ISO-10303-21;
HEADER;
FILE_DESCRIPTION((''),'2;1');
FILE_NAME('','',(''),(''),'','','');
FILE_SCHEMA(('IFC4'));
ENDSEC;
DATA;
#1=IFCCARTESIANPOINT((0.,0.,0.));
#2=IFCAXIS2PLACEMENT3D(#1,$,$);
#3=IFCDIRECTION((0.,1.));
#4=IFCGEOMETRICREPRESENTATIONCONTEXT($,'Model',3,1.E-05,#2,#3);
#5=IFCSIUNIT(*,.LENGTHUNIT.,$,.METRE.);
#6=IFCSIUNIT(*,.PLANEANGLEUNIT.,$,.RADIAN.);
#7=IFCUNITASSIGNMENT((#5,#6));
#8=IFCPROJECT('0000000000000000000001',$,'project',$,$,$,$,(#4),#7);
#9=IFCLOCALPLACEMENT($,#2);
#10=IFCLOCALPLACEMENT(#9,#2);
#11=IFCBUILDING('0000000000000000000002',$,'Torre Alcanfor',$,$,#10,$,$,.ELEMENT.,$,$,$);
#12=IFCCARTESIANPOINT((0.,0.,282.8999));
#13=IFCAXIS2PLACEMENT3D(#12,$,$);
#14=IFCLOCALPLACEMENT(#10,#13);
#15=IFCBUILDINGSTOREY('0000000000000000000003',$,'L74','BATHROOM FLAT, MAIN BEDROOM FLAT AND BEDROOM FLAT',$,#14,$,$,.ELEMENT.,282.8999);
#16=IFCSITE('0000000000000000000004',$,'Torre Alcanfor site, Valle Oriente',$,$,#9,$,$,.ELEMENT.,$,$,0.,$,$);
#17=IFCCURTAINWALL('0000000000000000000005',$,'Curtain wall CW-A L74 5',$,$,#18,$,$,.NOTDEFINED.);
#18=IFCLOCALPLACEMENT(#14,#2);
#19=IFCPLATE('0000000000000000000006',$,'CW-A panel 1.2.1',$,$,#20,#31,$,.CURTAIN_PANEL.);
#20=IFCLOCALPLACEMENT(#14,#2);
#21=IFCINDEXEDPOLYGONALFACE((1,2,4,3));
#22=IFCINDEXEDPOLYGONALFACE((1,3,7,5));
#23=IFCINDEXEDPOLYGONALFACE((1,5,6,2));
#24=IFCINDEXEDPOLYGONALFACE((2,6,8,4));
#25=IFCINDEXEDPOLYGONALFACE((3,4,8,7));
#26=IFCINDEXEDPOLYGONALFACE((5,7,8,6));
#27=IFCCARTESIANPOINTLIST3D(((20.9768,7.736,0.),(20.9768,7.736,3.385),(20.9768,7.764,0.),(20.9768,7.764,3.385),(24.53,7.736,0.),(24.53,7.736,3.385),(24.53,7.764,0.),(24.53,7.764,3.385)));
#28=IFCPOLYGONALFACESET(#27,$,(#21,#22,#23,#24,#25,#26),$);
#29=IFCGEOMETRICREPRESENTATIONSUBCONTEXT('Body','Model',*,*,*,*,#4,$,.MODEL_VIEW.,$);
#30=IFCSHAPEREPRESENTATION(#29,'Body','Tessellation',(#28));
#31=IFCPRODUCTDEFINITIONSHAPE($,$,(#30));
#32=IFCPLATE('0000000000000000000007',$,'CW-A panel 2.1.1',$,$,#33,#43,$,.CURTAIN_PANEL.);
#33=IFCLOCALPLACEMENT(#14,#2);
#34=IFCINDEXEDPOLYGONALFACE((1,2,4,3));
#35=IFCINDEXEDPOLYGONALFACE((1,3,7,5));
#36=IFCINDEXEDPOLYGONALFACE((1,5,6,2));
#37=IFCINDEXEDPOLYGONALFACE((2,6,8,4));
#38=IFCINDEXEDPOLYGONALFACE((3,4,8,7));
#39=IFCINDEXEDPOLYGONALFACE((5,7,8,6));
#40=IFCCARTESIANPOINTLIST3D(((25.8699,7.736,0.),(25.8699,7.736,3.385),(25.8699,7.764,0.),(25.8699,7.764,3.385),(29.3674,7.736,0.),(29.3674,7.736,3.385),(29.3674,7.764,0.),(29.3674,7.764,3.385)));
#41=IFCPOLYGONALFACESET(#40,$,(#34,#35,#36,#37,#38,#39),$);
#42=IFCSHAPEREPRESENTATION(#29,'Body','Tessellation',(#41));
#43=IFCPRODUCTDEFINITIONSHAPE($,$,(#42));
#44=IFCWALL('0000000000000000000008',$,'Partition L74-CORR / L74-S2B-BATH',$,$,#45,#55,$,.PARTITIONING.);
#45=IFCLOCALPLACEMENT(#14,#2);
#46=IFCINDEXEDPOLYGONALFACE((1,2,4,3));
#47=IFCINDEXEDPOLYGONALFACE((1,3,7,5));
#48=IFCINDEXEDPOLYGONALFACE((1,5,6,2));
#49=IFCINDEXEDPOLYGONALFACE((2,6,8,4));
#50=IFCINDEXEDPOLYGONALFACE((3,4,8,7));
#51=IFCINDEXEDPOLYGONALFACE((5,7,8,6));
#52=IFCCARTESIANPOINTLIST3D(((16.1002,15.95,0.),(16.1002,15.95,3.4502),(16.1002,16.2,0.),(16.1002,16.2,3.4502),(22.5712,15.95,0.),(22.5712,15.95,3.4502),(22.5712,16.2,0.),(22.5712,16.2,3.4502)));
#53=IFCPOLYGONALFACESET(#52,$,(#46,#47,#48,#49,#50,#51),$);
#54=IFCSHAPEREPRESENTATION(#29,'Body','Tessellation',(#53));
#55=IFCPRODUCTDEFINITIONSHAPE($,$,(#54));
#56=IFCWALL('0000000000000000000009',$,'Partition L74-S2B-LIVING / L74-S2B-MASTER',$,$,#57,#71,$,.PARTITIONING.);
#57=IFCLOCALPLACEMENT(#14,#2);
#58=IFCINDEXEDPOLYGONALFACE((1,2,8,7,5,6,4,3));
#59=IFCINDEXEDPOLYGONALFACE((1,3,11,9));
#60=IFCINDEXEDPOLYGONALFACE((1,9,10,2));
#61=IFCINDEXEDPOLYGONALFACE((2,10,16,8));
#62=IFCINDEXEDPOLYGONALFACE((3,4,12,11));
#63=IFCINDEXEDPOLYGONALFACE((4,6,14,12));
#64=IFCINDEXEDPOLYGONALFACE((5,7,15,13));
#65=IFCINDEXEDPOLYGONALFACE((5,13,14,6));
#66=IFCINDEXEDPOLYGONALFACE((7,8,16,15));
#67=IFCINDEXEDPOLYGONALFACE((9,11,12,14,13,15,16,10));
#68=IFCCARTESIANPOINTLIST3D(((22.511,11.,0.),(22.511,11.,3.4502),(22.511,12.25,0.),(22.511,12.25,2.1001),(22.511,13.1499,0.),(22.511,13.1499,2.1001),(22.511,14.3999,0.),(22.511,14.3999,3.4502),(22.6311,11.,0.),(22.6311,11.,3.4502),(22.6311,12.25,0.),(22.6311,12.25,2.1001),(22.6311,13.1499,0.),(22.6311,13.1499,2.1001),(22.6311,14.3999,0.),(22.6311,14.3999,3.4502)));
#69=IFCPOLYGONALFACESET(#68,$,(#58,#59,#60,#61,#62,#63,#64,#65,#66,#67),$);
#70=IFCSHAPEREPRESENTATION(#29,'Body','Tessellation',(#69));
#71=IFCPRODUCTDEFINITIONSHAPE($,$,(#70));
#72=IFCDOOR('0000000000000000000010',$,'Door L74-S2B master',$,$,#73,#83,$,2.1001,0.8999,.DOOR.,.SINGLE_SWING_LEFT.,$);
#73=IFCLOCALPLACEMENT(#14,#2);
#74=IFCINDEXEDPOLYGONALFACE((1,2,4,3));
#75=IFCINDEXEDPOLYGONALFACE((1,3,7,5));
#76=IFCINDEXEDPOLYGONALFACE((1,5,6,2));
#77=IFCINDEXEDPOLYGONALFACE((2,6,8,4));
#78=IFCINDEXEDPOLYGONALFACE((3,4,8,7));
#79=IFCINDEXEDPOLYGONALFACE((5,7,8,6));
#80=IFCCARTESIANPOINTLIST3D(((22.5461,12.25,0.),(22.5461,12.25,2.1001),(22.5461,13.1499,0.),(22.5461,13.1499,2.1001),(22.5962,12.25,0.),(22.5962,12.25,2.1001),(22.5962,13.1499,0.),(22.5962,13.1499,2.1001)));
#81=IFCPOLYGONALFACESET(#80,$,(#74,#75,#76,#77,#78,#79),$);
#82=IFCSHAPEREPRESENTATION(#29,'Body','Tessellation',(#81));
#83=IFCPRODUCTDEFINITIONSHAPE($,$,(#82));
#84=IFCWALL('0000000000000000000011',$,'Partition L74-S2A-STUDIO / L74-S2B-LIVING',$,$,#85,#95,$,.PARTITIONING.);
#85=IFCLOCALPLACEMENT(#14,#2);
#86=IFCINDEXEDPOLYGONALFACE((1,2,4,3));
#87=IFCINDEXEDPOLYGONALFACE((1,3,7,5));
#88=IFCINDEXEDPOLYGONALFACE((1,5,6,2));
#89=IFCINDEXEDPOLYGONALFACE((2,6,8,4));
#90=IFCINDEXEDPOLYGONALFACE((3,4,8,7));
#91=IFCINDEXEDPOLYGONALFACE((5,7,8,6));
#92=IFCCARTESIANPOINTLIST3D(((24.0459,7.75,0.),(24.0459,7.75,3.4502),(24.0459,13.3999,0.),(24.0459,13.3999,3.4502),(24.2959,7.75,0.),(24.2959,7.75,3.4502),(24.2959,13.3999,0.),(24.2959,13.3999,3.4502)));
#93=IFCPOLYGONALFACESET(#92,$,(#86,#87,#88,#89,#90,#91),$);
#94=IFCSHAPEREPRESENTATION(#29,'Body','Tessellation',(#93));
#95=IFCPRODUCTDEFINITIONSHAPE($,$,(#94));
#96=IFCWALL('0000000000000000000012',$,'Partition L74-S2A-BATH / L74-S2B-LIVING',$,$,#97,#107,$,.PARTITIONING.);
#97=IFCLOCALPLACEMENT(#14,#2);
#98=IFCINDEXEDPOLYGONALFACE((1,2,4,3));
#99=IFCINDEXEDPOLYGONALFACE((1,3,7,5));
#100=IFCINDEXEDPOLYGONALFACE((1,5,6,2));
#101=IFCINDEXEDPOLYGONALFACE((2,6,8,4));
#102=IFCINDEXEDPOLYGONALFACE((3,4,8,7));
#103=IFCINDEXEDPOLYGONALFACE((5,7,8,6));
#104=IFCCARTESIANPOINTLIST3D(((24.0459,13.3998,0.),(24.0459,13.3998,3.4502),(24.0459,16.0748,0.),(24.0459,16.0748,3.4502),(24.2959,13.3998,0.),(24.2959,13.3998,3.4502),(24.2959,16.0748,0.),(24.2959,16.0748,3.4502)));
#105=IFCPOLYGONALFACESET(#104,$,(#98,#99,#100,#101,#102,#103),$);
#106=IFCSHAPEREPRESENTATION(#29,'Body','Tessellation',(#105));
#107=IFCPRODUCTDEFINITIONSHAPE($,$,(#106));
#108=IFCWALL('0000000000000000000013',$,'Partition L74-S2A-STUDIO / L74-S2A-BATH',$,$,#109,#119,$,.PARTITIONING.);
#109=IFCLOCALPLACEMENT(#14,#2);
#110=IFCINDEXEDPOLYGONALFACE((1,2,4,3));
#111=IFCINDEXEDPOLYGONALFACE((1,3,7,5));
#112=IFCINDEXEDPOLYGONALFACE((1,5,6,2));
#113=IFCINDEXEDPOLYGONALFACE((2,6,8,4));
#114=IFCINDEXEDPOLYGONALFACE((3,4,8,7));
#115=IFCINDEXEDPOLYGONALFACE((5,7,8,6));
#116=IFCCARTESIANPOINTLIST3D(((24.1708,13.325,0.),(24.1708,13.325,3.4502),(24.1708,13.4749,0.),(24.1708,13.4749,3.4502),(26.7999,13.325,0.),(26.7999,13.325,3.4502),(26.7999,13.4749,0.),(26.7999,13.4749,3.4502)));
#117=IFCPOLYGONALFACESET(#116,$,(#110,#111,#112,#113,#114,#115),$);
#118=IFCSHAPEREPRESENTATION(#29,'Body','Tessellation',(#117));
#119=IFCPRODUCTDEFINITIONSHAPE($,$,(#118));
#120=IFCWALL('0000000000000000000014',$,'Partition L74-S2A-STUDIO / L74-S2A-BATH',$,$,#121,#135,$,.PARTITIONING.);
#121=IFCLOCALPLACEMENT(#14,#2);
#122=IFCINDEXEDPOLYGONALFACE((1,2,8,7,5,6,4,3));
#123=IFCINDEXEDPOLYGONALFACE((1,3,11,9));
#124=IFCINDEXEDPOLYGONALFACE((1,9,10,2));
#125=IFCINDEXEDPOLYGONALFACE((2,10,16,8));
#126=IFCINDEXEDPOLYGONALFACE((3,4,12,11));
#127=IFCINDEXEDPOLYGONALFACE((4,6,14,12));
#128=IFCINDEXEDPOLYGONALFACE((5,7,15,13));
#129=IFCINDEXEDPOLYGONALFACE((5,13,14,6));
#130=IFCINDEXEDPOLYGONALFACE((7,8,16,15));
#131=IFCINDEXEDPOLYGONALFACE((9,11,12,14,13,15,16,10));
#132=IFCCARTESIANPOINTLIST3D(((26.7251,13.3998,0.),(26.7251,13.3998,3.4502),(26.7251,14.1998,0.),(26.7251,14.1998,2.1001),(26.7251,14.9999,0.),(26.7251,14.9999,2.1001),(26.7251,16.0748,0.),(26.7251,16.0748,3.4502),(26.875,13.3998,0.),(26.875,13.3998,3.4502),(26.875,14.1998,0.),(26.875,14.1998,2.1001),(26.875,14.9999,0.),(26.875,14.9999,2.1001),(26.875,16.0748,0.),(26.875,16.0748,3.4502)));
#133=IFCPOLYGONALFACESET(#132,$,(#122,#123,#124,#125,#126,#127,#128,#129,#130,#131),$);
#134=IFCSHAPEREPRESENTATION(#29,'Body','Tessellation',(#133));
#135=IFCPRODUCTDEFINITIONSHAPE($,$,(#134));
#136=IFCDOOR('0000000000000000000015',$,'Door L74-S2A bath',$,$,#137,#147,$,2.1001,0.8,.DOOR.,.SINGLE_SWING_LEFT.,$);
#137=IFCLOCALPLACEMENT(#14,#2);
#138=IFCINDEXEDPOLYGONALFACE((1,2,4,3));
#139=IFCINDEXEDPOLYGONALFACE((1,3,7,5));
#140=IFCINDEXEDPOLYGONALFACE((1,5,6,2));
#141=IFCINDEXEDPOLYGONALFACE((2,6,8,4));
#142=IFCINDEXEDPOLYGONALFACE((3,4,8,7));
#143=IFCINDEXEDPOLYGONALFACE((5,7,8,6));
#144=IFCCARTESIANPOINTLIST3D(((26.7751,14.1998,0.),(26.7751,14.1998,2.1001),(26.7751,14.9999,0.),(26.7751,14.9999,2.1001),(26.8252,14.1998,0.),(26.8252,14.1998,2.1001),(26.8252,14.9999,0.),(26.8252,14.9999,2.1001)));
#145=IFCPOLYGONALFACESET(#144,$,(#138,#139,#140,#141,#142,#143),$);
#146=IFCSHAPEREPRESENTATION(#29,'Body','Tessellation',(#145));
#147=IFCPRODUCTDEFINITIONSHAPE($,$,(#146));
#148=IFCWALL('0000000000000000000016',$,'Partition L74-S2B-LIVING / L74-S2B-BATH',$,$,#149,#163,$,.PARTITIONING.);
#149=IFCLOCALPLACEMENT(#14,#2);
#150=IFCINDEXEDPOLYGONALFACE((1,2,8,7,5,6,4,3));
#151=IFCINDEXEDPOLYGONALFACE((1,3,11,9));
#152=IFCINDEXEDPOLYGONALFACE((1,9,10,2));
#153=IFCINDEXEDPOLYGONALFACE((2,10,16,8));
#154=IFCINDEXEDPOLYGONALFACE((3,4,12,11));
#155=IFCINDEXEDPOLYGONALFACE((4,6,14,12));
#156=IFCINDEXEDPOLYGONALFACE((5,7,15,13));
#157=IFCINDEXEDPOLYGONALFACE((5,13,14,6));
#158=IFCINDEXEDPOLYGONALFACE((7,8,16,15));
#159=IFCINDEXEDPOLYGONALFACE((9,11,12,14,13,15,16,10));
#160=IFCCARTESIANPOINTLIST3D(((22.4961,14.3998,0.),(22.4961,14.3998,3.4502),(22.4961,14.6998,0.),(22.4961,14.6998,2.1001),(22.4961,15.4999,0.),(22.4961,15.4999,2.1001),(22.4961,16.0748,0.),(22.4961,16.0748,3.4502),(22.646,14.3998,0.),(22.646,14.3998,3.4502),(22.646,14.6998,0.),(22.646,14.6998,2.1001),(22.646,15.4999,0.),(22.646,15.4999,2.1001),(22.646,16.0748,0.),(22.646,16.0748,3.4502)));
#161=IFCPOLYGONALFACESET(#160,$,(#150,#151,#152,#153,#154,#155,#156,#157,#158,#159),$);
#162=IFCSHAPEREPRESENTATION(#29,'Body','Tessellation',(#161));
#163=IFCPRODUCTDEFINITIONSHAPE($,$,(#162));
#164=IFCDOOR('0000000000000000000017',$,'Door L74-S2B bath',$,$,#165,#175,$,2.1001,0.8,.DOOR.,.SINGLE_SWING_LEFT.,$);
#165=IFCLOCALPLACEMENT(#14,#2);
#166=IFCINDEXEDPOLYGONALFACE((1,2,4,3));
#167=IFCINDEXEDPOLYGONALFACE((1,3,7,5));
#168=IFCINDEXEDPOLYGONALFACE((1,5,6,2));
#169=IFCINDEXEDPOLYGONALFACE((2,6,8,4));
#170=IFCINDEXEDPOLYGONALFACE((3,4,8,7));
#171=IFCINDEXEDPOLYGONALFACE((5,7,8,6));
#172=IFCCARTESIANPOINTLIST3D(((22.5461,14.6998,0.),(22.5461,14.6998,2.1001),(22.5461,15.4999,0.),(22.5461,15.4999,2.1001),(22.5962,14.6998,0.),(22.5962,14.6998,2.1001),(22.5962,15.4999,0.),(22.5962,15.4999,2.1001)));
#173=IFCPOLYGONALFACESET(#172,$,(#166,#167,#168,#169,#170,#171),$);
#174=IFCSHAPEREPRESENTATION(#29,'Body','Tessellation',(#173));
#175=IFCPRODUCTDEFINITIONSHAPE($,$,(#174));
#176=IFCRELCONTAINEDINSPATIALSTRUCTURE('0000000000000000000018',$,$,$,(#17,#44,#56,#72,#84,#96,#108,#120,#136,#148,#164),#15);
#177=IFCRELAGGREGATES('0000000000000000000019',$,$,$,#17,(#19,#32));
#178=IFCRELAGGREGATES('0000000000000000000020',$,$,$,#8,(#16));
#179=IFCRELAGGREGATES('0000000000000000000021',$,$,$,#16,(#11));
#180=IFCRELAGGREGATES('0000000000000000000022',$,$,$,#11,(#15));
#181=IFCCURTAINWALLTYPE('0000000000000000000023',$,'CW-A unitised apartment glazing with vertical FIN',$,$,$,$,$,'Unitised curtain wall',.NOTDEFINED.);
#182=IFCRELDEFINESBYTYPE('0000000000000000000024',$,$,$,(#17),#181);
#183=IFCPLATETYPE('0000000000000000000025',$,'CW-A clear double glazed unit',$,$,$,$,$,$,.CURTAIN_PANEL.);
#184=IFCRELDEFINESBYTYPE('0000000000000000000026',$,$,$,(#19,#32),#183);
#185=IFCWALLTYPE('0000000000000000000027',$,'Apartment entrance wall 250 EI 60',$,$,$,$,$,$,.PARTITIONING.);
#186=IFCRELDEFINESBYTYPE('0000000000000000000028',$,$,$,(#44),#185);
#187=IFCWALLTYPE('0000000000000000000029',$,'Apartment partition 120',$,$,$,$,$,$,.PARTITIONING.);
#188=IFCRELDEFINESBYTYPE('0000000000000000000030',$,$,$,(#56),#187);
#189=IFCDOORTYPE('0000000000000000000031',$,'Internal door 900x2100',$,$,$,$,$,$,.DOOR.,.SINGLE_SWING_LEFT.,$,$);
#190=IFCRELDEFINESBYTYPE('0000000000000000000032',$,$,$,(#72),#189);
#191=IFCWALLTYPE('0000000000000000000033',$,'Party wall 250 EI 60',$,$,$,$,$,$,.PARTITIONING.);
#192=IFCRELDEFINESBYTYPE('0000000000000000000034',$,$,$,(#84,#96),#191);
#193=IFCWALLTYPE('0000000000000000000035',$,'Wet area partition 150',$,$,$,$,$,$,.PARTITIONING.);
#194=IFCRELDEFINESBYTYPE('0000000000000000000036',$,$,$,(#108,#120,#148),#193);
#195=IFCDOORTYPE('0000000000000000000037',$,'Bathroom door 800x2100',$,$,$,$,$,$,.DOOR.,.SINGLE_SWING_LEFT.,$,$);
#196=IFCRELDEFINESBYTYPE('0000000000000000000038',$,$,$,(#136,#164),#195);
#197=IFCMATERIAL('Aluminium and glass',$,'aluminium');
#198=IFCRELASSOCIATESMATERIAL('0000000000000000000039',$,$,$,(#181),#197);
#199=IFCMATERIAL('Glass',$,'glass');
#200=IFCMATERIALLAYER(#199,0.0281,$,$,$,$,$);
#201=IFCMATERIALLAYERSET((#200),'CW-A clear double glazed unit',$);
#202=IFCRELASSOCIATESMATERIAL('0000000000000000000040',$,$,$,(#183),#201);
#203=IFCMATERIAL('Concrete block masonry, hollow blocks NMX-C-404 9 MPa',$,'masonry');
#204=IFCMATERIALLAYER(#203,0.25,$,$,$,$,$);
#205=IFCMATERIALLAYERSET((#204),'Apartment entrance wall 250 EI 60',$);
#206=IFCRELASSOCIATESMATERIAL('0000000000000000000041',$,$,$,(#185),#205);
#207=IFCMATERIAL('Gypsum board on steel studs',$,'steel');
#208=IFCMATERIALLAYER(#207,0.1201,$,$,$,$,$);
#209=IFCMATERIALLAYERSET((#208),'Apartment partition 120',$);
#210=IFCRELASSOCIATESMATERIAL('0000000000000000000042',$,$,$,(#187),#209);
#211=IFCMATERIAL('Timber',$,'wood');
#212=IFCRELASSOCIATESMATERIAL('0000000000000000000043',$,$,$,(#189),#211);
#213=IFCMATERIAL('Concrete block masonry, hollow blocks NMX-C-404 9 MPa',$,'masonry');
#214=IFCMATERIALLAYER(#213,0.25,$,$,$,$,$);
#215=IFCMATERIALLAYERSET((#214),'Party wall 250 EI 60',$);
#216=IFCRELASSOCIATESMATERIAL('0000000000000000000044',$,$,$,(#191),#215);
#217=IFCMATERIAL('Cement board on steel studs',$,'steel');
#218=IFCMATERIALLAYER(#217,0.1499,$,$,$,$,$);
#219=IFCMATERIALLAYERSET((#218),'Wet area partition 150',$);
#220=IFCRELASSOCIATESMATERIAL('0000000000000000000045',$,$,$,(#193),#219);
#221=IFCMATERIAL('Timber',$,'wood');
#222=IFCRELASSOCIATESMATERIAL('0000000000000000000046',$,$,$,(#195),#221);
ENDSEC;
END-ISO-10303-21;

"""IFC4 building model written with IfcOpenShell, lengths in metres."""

from ifc_helpers import new_model, si_unit, direction, frame, frame_2d, origin, origin_2d, place, context, subcontext, project, spatial, rectangle, extrude, material, layer, layer_set, type_object, element, fill, aggregate, save


model = new_model("IFC4")

# Units and contexts
model_context = context("Model", 3, precision=1e-05, world=origin(), true_north=direction((0.0, 1.0)))
body_context = subcontext(model_context, "Body", "Model", "MODEL_VIEW")
ifc_project = project(units=[si_unit("LENGTHUNIT", "METRE"), si_unit("PLANEANGLEUNIT", "RADIAN")], contexts=[model_context])

# Site, building, storey
site_placement = place(None, origin())
site = spatial("IfcSite", under=ifc_project, at=site_placement, Name="Torre Alcanfor site, Valle Oriente", CompositionType="ELEMENT", RefElevation=0.0)
building_placement = place(site_placement, origin())
building = spatial("IfcBuilding", under=site, at=building_placement, Name="Torre Alcanfor", CompositionType="ELEMENT")
storey_placement = place(building_placement, frame((0.0, 0.0, 282.8999)))
storey = spatial("IfcBuildingStorey", under=building, at=storey_placement, Name="L74", Description="BATHROOM FLAT, MAIN BEDROOM FLAT AND BEDROOM FLAT", CompositionType="ELEMENT", Elevation=282.8999)

# Curtain wall
ifc_material_1 = material(Name="Aluminium and glass", Category="aluminium")
curtain_wall_type = type_object("IfcCurtainWallType", Name="CW-A unitised apartment glazing with vertical FIN", ElementType="Unitised curtain wall", PredefinedType="NOTDEFINED", material=ifc_material_1)
curtain_wall_placement = place(storey_placement, origin())
curtain_wall = element("IfcCurtainWall", 1, at=curtain_wall_placement, inside=storey, type_object=curtain_wall_type, Name="Curtain wall CW-A L74 5", PredefinedType="NOTDEFINED")

# Plates
ifc_material_2 = material(Name="Glass", Category="glass")
ifc_layer_1 = layer(ifc_material_2, 0.0281)
ifc_layer_set_1 = layer_set([ifc_layer_1], Name="CW-A clear double glazed unit")
plate_type = type_object("IfcPlateType", Name="CW-A clear double glazed unit", PredefinedType="CURTAIN_PANEL", material=ifc_layer_set_1)
plate_1_placement = place(storey_placement, frame((22.7534, 7.75, 0.0), z_axis=(0.0, 0.0, 1.0), x_axis=(1.0, 0.0, 0.0)))
plate_1 = element("IfcPlate", 2, at=plate_1_placement, type_object=plate_type, Name="CW-A panel 1.2.1", PredefinedType="CURTAIN_PANEL", context=body_context, shape_type="SweptSolid", body=[
    extrude(rectangle(XDim=3.5532, YDim=0.0281, at=origin_2d()), origin(), (0.0, 0.0, 1.0), 3.385),
])
plate_2_placement = place(storey_placement, frame((27.6187, 7.75, 0.0), z_axis=(0.0, 0.0, 1.0), x_axis=(1.0, 0.0, 0.0)))
plate_2 = element("IfcPlate", 3, at=plate_2_placement, type_object=plate_type, Name="CW-A panel 2.1.1", PredefinedType="CURTAIN_PANEL", context=body_context, shape_type="SweptSolid", body=[
    extrude(rectangle(XDim=3.4976, YDim=0.0281, at=origin_2d()), origin(), (0.0, 0.0, 1.0), 3.385),
])
aggregate(curtain_wall, [plate_1, plate_2])

# Wall
ifc_material_3 = material(Name="Concrete block masonry, hollow blocks NMX-C-404 9 MPa", Category="masonry")
ifc_layer_2 = layer(ifc_material_3, 0.25)
ifc_layer_set_2 = layer_set([ifc_layer_2], Name="Apartment entrance wall 250 EI 60")
wall_type_1 = type_object("IfcWallType", Name="Apartment entrance wall 250 EI 60", PredefinedType="PARTITIONING", material=ifc_layer_set_2)
wall_1_placement = place(storey_placement, frame((22.571, 16.075, 0.0), z_axis=(0.0, 0.0, 1.0), x_axis=(-1.0, 0.0, 0.0)))
element("IfcWall", 4, at=wall_1_placement, inside=storey, type_object=wall_type_1, Name="Partition L74-CORR / L74-S2B-BATH", PredefinedType="PARTITIONING", context=body_context, shape_type="SweptSolid", body=[
    extrude(rectangle(XDim=6.4709, YDim=0.25, at=frame_2d((3.2354, 0.0))), origin(), (0.0, 0.0, 1.0), 3.4502),
])

# Wall, opening, door
ifc_material_4 = material(Name="Gypsum board on steel studs", Category="steel")
ifc_layer_3 = layer(ifc_material_4, 0.1201)
ifc_layer_set_3 = layer_set([ifc_layer_3], Name="Apartment partition 120")
wall_type_2 = type_object("IfcWallType", Name="Apartment partition 120", PredefinedType="PARTITIONING", material=ifc_layer_set_3)
wall_2_placement = place(storey_placement, frame((22.571, 11.0, 0.0), z_axis=(0.0, 0.0, 1.0), x_axis=(0.0, 1.0, 0.0)))
wall_2 = element("IfcWall", 5, at=wall_2_placement, inside=storey, type_object=wall_type_2, Name="Partition L74-S2B-LIVING / L74-S2B-MASTER", PredefinedType="PARTITIONING", context=body_context, shape_type="SweptSolid", body=[
    extrude(rectangle(XDim=3.3999, YDim=0.1201, at=frame_2d((1.7, 0.0))), origin(), (0.0, 0.0, 1.0), 3.4502),
])
opening_1_placement = place(wall_2_placement, frame((1.25, 0.0, 0.0)))
opening_1 = element("IfcOpeningElement", 6, at=opening_1_placement, cuts=wall_2, PredefinedType="OPENING", context=body_context, shape_type="SweptSolid", body=[
    extrude(rectangle(XDim=0.8999, YDim=2.1001, at=frame_2d((0.45, 1.05))), frame((0.0, 0.0701, 0.0), z_axis=(0.0, -1.0, 0.0), x_axis=(1.0, 0.0, 0.0)), (0.0, 0.0, 1.0), 0.1401),
])
ifc_material_5 = material(Name="Timber", Category="wood")
door_type_1 = type_object("IfcDoorType", Name="Internal door 900x2100", OperationType="SINGLE_SWING_LEFT", PredefinedType="DOOR", material=ifc_material_5)
door_1_placement = place(opening_1_placement, origin())
door_1 = element("IfcDoor", 7, at=door_1_placement, inside=storey, type_object=door_type_1, Name="Door L74-S2B master", OperationType="SINGLE_SWING_LEFT", OverallHeight=2.1001, OverallWidth=0.8999, PredefinedType="DOOR", context=body_context, shape_type="SweptSolid", body=[
    extrude(rectangle(XDim=0.8999, YDim=2.1001, at=frame_2d((0.45, 1.05))), frame((0.0, 0.0249, 0.0), z_axis=(0.0, -1.0, 0.0), x_axis=(1.0, 0.0, 0.0)), (0.0, 0.0, 1.0), 0.05),
])
fill(opening_1, door_1)

# Walls
ifc_material_6 = material(Name="Concrete block masonry, hollow blocks NMX-C-404 9 MPa", Category="masonry")
ifc_layer_4 = layer(ifc_material_6, 0.25)
ifc_layer_set_4 = layer_set([ifc_layer_4], Name="Party wall 250 EI 60")
wall_type_3 = type_object("IfcWallType", Name="Party wall 250 EI 60", PredefinedType="PARTITIONING", material=ifc_layer_set_4)
wall_3_placement = place(storey_placement, frame((24.1709, 7.75, 0.0), z_axis=(0.0, 0.0, 1.0), x_axis=(0.0, 1.0, 0.0)))
element("IfcWall", 8, at=wall_3_placement, inside=storey, type_object=wall_type_3, Name="Partition L74-S2A-STUDIO / L74-S2B-LIVING", PredefinedType="PARTITIONING", context=body_context, shape_type="SweptSolid", body=[
    extrude(rectangle(XDim=5.6499, YDim=0.25, at=frame_2d((2.825, 0.0))), origin(), (0.0, 0.0, 1.0), 3.4502),
])
wall_4_placement = place(storey_placement, frame((24.1709, 13.3999, 0.0), z_axis=(0.0, 0.0, 1.0), x_axis=(0.0, 1.0, 0.0)))
element("IfcWall", 9, at=wall_4_placement, inside=storey, type_object=wall_type_3, Name="Partition L74-S2A-BATH / L74-S2B-LIVING", PredefinedType="PARTITIONING", context=body_context, shape_type="SweptSolid", body=[
    extrude(rectangle(XDim=2.675, YDim=0.25, at=frame_2d((1.3374, 0.0))), origin(), (0.0, 0.0, 1.0), 3.4502),
])
ifc_material_7 = material(Name="Cement board on steel studs", Category="steel")
ifc_layer_5 = layer(ifc_material_7, 0.1499)
ifc_layer_set_5 = layer_set([ifc_layer_5], Name="Wet area partition 150")
wall_type_4 = type_object("IfcWallType", Name="Wet area partition 150", PredefinedType="PARTITIONING", material=ifc_layer_set_5)
wall_5_placement = place(storey_placement, frame((24.1709, 13.3999, 0.0), z_axis=(0.0, 0.0, 1.0), x_axis=(1.0, 0.0, 0.0)))
element("IfcWall", 10, at=wall_5_placement, inside=storey, type_object=wall_type_4, Name="Partition L74-S2A-STUDIO / L74-S2A-BATH", PredefinedType="PARTITIONING", context=body_context, shape_type="SweptSolid", body=[
    extrude(rectangle(XDim=2.6292, YDim=0.1499, at=frame_2d((1.3145, 0.0))), origin(), (0.0, 0.0, 1.0), 3.4502),
])

# Walls, openings, doors
wall_6_placement = place(storey_placement, frame((26.8, 13.3999, 0.0), z_axis=(0.0, 0.0, 1.0), x_axis=(0.0, 1.0, 0.0)))
wall_6 = element("IfcWall", 11, at=wall_6_placement, inside=storey, type_object=wall_type_4, Name="Partition L74-S2A-STUDIO / L74-S2A-BATH", PredefinedType="PARTITIONING", context=body_context, shape_type="SweptSolid", body=[
    extrude(rectangle(XDim=2.675, YDim=0.1499, at=frame_2d((1.3374, 0.0))), origin(), (0.0, 0.0, 1.0), 3.4502),
])
opening_2_placement = place(wall_6_placement, frame((0.8, 0.0, 0.0)))
opening_2 = element("IfcOpeningElement", 12, at=opening_2_placement, cuts=wall_6, PredefinedType="OPENING", context=body_context, shape_type="SweptSolid", body=[
    extrude(rectangle(XDim=0.8, YDim=2.1001, at=frame_2d((0.3999, 1.05))), frame((0.0, 0.085, 0.0), z_axis=(0.0, -1.0, 0.0), x_axis=(1.0, 0.0, 0.0)), (0.0, 0.0, 1.0), 0.1699),
])
ifc_material_8 = material(Name="Timber", Category="wood")
door_type_2 = type_object("IfcDoorType", Name="Bathroom door 800x2100", OperationType="SINGLE_SWING_LEFT", PredefinedType="DOOR", material=ifc_material_8)
door_2_placement = place(opening_2_placement, origin())
door_2 = element("IfcDoor", 13, at=door_2_placement, inside=storey, type_object=door_type_2, Name="Door L74-S2A bath", OperationType="SINGLE_SWING_LEFT", OverallHeight=2.1001, OverallWidth=0.8, PredefinedType="DOOR", context=body_context, shape_type="SweptSolid", body=[
    extrude(rectangle(XDim=0.8, YDim=2.1001, at=frame_2d((0.3999, 1.05))), frame((0.0, 0.0249, 0.0), z_axis=(0.0, -1.0, 0.0), x_axis=(1.0, 0.0, 0.0)), (0.0, 0.0, 1.0), 0.05),
])
fill(opening_2, door_2)
wall_7_placement = place(storey_placement, frame((22.571, 14.3999, 0.0), z_axis=(0.0, 0.0, 1.0), x_axis=(0.0, 1.0, 0.0)))
wall_7 = element("IfcWall", 14, at=wall_7_placement, inside=storey, type_object=wall_type_4, Name="Partition L74-S2B-LIVING / L74-S2B-BATH", PredefinedType="PARTITIONING", context=body_context, shape_type="SweptSolid", body=[
    extrude(rectangle(XDim=1.675, YDim=0.1499, at=frame_2d((0.8374, 0.0))), origin(), (0.0, 0.0, 1.0), 3.4502),
])
opening_3_placement = place(wall_7_placement, frame((0.3, 0.0, 0.0)))
opening_3 = element("IfcOpeningElement", 15, at=opening_3_placement, cuts=wall_7, PredefinedType="OPENING", context=body_context, shape_type="SweptSolid", body=[
    extrude(rectangle(XDim=0.8, YDim=2.1001, at=frame_2d((0.3999, 1.05))), frame((0.0, 0.085, 0.0), z_axis=(0.0, -1.0, 0.0), x_axis=(1.0, 0.0, 0.0)), (0.0, 0.0, 1.0), 0.1699),
])
door_3_placement = place(opening_3_placement, origin())
door_3 = element("IfcDoor", 16, at=door_3_placement, inside=storey, type_object=door_type_2, Name="Door L74-S2B bath", OperationType="SINGLE_SWING_LEFT", OverallHeight=2.1001, OverallWidth=0.8, PredefinedType="DOOR", context=body_context, shape_type="SweptSolid", body=[
    extrude(rectangle(XDim=0.8, YDim=2.1001, at=frame_2d((0.3999, 1.05))), frame((0.0, 0.0249, 0.0), z_axis=(0.0, -1.0, 0.0), x_axis=(1.0, 0.0, 0.0)), (0.0, 0.0, 1.0), 0.05),
])
fill(opening_3, door_3)

save(model, "model.ifc")
